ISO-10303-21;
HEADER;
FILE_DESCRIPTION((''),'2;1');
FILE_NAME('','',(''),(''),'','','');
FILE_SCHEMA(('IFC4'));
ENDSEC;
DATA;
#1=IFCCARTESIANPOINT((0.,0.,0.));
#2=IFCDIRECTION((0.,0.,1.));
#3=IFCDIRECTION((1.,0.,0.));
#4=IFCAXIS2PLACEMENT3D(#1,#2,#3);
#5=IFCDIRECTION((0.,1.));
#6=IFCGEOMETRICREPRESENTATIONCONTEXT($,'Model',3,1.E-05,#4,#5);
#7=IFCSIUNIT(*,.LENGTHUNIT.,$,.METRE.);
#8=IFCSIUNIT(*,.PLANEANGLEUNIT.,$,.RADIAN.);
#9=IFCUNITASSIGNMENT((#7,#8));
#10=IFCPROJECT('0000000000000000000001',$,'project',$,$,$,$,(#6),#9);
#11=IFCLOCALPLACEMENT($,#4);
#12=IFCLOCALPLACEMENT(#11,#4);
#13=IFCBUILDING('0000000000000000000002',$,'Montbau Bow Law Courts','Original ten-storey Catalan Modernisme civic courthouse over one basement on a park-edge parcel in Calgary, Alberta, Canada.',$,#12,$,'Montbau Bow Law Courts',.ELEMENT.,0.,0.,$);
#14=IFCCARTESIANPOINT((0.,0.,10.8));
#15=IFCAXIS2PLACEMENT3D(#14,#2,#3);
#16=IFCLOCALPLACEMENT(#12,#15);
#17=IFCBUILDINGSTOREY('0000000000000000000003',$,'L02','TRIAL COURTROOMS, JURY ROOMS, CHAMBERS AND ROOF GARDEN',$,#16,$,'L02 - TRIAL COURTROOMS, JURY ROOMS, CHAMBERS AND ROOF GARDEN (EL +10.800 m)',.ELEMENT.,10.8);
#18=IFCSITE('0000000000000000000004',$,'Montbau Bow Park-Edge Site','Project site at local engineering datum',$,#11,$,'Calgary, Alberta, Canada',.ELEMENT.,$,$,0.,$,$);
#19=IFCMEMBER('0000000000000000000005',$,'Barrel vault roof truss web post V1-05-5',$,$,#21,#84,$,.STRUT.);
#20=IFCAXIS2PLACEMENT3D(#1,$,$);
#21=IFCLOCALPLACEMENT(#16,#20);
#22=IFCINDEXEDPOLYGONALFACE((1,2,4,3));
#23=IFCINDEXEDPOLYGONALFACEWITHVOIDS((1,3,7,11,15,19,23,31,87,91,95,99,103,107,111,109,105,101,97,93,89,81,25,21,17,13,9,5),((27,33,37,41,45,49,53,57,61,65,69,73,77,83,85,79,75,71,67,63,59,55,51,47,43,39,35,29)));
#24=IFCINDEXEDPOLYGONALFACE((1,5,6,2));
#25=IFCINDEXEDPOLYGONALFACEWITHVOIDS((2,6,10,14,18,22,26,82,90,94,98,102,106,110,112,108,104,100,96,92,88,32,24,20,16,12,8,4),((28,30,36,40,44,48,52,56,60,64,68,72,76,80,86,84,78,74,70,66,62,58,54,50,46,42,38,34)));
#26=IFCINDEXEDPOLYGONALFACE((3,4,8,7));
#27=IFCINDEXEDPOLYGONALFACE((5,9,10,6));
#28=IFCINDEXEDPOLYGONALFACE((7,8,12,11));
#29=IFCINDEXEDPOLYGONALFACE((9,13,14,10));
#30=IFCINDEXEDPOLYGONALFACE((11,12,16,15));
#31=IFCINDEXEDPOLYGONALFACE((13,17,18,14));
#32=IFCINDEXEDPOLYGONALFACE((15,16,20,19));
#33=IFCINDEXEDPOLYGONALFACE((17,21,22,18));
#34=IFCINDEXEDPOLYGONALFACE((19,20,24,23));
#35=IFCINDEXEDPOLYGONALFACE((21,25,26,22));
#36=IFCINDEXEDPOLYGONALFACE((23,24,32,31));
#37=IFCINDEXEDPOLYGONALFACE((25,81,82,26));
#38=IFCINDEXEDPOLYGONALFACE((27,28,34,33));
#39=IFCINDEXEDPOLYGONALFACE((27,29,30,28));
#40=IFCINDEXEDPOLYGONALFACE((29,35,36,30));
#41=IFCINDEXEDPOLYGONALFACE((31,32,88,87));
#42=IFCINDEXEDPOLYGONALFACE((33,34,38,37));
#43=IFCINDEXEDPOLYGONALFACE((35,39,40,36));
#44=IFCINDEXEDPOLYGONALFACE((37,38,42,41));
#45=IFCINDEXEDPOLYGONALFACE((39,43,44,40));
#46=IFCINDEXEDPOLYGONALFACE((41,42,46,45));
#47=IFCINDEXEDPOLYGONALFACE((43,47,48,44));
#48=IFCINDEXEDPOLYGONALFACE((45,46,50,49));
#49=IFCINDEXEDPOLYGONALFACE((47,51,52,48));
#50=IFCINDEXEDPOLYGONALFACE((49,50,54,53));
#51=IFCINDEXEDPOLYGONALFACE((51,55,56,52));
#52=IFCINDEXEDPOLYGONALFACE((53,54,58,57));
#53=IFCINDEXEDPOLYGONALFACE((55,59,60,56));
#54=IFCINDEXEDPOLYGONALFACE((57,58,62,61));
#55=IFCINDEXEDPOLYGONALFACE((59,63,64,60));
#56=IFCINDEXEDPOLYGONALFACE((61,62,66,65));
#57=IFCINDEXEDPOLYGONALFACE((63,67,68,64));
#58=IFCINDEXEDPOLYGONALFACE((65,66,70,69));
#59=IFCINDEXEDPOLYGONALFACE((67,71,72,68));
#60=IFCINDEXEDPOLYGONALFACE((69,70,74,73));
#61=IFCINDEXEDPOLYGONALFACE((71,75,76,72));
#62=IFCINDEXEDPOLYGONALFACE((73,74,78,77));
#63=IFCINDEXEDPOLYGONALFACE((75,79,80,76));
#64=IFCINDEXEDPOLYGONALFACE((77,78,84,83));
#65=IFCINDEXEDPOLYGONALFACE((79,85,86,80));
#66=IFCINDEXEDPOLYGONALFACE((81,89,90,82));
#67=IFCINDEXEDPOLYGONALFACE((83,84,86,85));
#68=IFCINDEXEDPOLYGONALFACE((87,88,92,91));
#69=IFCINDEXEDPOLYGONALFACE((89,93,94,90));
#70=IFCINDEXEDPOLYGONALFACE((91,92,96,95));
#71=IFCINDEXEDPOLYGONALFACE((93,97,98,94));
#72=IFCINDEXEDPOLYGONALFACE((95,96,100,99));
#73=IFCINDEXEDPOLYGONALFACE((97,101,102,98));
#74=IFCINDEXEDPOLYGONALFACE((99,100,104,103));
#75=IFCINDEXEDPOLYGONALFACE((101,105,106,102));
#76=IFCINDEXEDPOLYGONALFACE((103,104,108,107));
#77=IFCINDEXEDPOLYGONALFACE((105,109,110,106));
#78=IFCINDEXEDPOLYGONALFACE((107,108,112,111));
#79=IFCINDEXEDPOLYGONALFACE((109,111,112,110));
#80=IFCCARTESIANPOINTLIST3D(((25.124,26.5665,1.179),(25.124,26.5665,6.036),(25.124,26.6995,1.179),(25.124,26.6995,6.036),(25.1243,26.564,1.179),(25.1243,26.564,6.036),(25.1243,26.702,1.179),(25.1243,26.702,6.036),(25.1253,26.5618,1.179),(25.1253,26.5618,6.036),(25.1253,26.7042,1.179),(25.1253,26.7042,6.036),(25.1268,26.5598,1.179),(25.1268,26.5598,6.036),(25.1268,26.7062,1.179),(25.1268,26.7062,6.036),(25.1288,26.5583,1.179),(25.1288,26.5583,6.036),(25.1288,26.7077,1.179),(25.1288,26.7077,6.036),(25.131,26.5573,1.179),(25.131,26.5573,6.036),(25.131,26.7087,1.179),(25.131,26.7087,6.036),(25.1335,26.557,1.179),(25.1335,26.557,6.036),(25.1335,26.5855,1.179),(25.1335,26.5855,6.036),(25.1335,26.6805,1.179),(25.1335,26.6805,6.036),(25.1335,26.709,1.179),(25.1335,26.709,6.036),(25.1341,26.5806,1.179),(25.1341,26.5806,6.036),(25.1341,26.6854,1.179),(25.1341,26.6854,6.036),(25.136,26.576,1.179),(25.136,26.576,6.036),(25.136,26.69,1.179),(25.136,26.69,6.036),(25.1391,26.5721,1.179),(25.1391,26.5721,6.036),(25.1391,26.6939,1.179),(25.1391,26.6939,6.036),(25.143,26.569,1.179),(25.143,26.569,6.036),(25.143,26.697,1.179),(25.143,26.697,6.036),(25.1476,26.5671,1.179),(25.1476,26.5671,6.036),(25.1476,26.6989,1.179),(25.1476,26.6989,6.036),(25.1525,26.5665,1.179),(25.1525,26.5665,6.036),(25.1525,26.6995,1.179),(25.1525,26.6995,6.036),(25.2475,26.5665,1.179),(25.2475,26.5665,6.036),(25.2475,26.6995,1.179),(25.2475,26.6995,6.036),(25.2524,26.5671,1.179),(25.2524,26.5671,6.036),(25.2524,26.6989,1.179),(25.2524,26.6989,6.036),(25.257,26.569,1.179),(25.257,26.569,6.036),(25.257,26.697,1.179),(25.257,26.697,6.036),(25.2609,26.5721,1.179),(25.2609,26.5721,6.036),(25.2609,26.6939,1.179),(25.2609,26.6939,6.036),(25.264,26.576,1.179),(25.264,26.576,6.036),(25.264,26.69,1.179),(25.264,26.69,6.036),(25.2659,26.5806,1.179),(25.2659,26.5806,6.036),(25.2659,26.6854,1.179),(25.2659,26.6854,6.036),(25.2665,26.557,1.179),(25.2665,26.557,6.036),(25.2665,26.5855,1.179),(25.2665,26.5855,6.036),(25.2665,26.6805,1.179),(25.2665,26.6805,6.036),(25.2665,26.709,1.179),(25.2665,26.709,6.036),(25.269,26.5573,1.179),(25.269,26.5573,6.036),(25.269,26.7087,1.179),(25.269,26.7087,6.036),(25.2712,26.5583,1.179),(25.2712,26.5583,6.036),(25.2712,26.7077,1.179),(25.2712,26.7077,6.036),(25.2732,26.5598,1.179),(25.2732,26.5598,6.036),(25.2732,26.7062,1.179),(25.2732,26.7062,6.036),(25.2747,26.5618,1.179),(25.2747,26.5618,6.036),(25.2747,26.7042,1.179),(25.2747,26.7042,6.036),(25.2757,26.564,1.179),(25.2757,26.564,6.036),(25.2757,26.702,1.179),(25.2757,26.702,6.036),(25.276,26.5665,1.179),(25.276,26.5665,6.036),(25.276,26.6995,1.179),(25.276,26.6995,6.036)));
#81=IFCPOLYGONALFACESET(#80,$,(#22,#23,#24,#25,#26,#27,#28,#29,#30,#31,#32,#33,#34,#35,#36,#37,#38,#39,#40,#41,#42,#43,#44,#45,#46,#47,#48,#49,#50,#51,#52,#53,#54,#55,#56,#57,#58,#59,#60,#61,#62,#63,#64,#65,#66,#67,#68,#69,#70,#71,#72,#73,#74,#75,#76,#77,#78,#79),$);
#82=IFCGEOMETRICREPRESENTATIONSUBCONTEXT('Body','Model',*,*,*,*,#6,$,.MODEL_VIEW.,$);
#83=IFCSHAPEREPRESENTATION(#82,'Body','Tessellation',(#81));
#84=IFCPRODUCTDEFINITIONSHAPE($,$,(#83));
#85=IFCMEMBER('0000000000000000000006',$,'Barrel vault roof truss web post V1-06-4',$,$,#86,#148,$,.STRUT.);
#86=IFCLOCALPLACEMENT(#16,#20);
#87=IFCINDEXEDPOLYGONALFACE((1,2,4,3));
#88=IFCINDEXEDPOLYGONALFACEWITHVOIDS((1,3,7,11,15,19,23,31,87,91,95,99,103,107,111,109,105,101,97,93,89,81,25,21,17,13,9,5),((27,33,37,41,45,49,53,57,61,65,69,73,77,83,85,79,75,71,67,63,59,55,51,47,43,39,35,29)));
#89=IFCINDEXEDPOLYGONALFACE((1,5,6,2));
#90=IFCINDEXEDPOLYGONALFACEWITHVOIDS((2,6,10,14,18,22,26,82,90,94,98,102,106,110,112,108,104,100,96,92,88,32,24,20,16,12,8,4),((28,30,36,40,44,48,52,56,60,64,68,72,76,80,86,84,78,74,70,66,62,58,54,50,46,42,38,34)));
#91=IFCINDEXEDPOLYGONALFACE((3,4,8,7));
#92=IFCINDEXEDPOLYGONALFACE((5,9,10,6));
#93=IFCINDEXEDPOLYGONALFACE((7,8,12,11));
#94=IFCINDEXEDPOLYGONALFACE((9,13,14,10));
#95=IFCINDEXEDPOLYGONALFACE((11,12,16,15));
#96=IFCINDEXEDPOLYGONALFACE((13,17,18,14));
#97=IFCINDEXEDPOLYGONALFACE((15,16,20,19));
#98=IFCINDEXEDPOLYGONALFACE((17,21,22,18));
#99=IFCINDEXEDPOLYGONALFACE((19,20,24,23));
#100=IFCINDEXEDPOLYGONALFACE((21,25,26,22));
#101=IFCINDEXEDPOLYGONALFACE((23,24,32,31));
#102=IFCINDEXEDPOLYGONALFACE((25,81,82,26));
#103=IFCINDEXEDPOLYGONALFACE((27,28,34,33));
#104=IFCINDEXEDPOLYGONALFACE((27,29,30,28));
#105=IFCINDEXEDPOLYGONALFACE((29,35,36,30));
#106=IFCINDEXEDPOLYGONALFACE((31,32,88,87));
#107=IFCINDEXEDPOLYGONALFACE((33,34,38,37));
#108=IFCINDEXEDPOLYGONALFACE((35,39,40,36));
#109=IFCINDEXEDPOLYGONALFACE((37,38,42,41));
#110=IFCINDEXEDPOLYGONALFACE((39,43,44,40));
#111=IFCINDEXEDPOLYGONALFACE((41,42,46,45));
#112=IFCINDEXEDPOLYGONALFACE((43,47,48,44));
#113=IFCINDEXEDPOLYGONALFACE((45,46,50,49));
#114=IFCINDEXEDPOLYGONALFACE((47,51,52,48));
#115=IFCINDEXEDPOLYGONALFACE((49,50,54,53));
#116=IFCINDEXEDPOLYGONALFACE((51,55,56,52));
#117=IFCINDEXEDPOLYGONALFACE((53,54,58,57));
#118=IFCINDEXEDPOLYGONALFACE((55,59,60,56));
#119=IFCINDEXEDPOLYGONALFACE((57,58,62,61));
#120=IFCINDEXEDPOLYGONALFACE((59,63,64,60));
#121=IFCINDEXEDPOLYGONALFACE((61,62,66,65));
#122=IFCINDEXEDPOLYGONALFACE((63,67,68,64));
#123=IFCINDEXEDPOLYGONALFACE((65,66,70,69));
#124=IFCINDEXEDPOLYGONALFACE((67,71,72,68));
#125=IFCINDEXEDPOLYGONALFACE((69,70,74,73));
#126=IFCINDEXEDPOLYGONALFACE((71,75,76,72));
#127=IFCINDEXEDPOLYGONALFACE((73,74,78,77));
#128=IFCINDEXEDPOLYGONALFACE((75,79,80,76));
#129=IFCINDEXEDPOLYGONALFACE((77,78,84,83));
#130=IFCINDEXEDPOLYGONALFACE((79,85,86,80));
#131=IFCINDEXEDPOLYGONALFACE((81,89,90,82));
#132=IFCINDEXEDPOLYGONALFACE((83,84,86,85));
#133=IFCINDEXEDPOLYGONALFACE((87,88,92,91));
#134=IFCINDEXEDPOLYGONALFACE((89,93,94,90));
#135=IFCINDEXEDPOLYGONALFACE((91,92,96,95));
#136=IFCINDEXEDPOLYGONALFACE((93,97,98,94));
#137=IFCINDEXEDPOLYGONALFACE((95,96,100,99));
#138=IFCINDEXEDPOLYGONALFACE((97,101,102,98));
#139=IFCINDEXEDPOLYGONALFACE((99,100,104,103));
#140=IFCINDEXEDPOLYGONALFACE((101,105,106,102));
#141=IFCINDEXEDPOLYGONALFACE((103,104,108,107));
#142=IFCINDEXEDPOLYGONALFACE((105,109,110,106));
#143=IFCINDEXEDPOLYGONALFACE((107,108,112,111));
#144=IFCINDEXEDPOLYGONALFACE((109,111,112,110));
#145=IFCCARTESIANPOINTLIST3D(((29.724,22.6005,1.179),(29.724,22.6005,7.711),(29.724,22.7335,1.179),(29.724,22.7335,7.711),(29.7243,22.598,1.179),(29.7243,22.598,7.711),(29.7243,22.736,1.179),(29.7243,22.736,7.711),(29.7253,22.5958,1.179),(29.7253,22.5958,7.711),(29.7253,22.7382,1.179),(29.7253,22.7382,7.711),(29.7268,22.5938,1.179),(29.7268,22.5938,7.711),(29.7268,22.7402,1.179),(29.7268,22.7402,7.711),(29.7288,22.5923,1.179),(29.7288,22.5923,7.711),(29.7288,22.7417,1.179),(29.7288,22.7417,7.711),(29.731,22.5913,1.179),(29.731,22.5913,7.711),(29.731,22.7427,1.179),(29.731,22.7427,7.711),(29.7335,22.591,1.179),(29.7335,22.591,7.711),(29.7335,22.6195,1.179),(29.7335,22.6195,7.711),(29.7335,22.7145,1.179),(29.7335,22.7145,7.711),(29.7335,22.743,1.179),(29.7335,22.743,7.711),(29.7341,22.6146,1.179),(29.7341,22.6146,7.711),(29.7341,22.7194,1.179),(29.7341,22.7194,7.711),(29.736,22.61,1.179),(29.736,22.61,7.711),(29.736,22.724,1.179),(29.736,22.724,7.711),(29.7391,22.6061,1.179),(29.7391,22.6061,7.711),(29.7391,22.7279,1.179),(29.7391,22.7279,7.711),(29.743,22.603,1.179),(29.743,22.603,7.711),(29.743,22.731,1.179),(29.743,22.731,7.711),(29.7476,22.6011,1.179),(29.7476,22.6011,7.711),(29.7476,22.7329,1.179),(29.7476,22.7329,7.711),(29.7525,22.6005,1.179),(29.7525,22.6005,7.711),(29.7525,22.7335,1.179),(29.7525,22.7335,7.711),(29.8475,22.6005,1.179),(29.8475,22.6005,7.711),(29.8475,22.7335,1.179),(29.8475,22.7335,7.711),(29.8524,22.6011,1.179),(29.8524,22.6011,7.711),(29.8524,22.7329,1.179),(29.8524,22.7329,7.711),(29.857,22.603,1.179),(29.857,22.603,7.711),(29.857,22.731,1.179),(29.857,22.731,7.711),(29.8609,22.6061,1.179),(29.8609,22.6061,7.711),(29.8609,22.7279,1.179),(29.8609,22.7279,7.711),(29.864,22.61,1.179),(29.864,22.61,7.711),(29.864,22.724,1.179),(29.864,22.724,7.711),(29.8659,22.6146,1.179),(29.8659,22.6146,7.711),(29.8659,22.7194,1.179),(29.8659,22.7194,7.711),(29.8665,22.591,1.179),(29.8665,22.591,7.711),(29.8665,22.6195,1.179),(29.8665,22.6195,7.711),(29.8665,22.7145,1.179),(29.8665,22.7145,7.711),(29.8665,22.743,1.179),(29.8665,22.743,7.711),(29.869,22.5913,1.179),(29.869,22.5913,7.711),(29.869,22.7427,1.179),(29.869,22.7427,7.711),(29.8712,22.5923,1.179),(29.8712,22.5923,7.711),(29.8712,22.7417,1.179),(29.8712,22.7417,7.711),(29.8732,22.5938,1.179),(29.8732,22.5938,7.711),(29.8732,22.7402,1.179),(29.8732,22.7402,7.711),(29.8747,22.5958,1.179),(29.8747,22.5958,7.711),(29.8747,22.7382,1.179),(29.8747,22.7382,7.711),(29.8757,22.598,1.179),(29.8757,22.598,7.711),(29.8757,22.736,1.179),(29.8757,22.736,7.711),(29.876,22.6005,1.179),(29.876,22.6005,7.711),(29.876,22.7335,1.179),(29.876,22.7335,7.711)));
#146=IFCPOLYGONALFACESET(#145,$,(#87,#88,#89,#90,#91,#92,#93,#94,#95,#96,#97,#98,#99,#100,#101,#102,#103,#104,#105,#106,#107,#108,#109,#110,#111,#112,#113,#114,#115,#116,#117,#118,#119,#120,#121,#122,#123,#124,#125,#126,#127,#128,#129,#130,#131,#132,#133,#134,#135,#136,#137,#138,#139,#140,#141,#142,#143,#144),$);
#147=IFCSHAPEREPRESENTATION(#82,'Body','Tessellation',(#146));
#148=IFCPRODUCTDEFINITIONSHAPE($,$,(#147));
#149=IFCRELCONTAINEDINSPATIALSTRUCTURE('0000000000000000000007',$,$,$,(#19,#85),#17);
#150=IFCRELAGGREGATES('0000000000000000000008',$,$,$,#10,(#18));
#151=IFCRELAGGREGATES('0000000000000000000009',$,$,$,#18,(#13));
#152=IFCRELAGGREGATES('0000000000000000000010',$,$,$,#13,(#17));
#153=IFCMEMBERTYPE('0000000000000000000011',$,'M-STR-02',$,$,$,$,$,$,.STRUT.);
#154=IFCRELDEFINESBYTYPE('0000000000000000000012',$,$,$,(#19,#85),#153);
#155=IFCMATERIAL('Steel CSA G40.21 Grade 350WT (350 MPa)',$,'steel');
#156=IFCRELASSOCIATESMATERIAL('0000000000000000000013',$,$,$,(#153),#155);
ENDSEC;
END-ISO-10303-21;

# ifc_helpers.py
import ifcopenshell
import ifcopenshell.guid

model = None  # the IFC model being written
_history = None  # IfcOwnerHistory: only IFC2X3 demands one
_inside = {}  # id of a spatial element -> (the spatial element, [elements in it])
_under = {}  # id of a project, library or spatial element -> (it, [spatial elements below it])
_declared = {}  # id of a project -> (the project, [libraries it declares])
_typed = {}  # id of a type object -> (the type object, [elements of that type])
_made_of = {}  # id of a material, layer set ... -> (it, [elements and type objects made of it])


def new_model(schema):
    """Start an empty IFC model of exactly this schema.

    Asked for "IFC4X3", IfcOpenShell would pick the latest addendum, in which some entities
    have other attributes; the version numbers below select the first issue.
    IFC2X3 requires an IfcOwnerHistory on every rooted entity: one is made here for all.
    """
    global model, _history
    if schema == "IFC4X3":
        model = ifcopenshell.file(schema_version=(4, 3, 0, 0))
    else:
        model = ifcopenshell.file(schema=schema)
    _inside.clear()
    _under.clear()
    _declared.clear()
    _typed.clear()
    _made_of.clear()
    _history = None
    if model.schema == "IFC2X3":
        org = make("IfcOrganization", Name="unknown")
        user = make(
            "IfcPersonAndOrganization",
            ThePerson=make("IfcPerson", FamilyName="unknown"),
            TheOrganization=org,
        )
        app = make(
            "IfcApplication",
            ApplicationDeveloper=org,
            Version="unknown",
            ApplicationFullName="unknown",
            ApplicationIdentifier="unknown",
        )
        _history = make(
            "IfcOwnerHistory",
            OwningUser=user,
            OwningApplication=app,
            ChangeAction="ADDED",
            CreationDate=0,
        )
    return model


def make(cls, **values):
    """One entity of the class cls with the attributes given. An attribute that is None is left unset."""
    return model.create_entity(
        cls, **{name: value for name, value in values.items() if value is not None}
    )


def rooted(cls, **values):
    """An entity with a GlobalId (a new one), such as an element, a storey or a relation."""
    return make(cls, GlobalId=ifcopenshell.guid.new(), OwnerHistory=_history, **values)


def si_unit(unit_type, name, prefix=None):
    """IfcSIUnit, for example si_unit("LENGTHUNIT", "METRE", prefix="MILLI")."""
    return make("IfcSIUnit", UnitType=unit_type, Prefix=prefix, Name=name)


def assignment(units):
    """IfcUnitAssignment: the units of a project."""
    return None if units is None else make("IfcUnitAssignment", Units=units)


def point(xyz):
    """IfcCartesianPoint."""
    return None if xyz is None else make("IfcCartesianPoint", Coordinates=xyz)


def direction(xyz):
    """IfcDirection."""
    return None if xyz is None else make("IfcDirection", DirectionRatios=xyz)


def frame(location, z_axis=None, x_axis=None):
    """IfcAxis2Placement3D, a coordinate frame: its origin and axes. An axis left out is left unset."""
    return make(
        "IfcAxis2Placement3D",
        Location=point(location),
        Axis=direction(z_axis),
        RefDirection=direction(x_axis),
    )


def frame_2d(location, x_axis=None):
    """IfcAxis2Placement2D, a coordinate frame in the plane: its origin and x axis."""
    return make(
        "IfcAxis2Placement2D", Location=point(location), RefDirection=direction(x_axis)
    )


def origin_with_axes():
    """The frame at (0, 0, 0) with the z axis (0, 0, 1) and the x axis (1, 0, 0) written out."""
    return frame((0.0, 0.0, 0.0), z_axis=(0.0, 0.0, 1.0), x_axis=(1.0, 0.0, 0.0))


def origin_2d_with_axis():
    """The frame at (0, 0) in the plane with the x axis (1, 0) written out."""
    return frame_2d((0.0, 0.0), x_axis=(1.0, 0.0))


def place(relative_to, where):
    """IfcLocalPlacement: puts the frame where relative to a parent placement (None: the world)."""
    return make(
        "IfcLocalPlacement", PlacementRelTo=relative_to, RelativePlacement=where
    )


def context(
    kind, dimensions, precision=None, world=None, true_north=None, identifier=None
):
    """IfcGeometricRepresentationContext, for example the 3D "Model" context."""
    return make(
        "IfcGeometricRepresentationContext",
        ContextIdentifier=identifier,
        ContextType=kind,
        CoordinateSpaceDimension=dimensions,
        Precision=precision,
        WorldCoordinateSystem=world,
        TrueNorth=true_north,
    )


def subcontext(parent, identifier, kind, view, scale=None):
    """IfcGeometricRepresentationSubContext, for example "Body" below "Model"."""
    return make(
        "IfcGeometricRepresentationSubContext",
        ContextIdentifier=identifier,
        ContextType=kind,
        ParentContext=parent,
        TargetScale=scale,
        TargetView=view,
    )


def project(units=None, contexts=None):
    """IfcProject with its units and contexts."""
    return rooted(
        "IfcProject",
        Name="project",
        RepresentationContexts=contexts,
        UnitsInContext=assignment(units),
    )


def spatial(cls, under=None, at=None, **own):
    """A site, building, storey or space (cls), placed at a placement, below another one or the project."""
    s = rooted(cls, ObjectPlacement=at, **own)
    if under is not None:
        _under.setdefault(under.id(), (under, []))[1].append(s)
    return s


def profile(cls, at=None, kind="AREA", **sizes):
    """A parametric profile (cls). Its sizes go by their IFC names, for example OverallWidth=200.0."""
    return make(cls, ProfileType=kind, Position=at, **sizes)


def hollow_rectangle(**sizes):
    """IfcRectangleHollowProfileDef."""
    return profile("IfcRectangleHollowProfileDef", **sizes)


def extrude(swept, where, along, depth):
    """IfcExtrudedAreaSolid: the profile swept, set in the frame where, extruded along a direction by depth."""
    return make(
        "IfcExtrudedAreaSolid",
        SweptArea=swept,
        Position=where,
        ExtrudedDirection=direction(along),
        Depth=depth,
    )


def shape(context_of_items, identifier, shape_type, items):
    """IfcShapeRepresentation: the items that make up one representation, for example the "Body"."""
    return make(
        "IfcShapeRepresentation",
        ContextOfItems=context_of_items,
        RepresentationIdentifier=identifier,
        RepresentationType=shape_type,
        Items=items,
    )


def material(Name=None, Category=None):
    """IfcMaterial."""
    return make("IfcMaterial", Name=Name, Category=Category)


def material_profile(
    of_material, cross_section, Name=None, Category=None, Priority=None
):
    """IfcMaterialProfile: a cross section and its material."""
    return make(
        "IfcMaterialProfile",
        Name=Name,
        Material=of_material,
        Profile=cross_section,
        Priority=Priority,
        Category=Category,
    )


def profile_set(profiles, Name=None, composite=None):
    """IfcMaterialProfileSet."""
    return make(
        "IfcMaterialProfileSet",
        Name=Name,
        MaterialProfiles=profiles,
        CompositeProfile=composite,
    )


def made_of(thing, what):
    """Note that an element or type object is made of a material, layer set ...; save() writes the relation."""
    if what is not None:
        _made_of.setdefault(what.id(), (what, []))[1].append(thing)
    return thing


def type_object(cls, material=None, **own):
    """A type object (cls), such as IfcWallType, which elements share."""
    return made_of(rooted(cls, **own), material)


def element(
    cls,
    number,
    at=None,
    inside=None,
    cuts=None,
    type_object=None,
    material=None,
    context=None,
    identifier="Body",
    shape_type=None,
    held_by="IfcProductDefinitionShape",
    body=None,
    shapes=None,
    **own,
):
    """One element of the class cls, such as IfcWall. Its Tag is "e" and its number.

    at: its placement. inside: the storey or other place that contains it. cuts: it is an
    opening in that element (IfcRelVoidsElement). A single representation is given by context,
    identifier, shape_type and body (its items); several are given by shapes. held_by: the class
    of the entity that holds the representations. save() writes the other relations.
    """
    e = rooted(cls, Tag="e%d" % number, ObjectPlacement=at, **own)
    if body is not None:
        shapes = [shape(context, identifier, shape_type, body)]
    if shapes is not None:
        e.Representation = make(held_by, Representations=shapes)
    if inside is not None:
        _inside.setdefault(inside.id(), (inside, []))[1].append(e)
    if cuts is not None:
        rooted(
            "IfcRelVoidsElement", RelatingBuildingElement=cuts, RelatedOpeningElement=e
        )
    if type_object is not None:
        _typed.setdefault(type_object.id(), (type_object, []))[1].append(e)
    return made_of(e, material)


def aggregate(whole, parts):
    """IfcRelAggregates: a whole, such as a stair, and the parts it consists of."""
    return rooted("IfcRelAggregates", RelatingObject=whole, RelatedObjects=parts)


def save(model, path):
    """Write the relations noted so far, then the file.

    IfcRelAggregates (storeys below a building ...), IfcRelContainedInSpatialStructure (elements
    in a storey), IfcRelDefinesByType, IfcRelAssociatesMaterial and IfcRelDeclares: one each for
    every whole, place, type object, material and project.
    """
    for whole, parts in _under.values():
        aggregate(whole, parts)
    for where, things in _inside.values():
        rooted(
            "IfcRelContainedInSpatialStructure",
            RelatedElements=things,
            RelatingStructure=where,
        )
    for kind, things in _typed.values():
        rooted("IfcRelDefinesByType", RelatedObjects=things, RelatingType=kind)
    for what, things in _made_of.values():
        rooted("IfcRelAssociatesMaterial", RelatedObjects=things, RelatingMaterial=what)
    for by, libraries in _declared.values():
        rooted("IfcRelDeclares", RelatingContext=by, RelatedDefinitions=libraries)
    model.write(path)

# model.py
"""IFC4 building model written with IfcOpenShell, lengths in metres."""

from ifc_helpers import new_model, si_unit, direction, frame, origin_with_axes, origin_2d_with_axis, place, context, subcontext, project, spatial, hollow_rectangle, extrude, material, material_profile, profile_set, type_object, element, save


model = new_model("IFC4")

# Units and contexts
model_context = context("Model", 3, precision=1e-05, world=origin_with_axes(), true_north=direction((0.0, 1.0)))
body_context = subcontext(model_context, "Body", "Model", "MODEL_VIEW")
ifc_project = project(units=[si_unit("LENGTHUNIT", "METRE"), si_unit("PLANEANGLEUNIT", "RADIAN")], contexts=[model_context])

# Site, building, storey
site_placement = place(None, origin_with_axes())
site = spatial("IfcSite", under=ifc_project, at=site_placement, Name="Montbau Bow Park-Edge Site", Description="Project site at local engineering datum", LongName="Calgary, Alberta, Canada", CompositionType="ELEMENT", RefElevation=0.0)
building_placement = place(site_placement, origin_with_axes())
building = spatial("IfcBuilding", under=site, at=building_placement, Name="Montbau Bow Law Courts", Description="Original ten-storey Catalan Modernisme civic courthouse over one basement on a park-edge parcel in Calgary, Alberta, Canada.", LongName="Montbau Bow Law Courts", CompositionType="ELEMENT", ElevationOfRefHeight=0.0, ElevationOfTerrain=0.0)
storey_placement = place(building_placement, frame((0.0, 0.0, 10.8), z_axis=(0.0, 0.0, 1.0), x_axis=(1.0, 0.0, 0.0)))
storey = spatial("IfcBuildingStorey", under=building, at=storey_placement, Name="L02", Description="TRIAL COURTROOMS, JURY ROOMS, CHAMBERS AND ROOF GARDEN", LongName="L02 - TRIAL COURTROOMS, JURY ROOMS, CHAMBERS AND ROOF GARDEN (EL +10.800 m)", CompositionType="ELEMENT", Elevation=10.8)

# Shared definitions
ifc_material_1 = material(Name="Steel CSA G40.21 Grade 350WT (350 MPa)", Category="steel")

# Members
ifc_material_profile_1 = material_profile(ifc_material_1, hollow_rectangle(XDim=0.152, YDim=0.152, WallThickness=0.0095, InnerFilletRadius=0.019, OuterFilletRadius=0.0095, at=origin_2d_with_axis()), Name="HSS152X152X9.5", Category="Main", Priority=0)
ifc_profile_set_1 = profile_set([ifc_material_profile_1], Name="Steel CSA G40.21 Grade 350WT (350 MPa)")
member_type_1 = type_object("IfcMemberType", Name="M-STR-02", PredefinedType="STRUT", material=ifc_profile_set_1)
member_1_placement = place(None, frame((25.2, 26.633, 11.979), z_axis=(0.0, 0.0, 1.0), x_axis=(1.0, 0.0, 0.0)))
element("IfcMember", 1, at=member_1_placement, inside=storey, type_object=member_type_1, Name="Barrel vault roof truss web post V1-05-5", PredefinedType="STRUT", context=body_context, shape_type="SweptSolid", body=[
    extrude(hollow_rectangle(XDim=0.152, YDim=0.152, WallThickness=0.0095, InnerFilletRadius=0.019, OuterFilletRadius=0.0095, at=origin_2d_with_axis()), origin_with_axes(), (0.0, 0.0, 1.0), 4.857),
])
member_2_placement = place(None, frame((29.8, 22.667, 11.979), z_axis=(0.0, 0.0, 1.0), x_axis=(1.0, 0.0, 0.0)))
element("IfcMember", 2, at=member_2_placement, inside=storey, type_object=member_type_1, Name="Barrel vault roof truss web post V1-06-4", PredefinedType="STRUT", context=body_context, shape_type="SweptSolid", body=[
    extrude(hollow_rectangle(XDim=0.152, YDim=0.152, WallThickness=0.0095, InnerFilletRadius=0.019, OuterFilletRadius=0.0095, at=origin_2d_with_axis()), origin_with_axes(), (0.0, 0.0, 1.0), 6.532),
])

save(model, "model.ifc")
